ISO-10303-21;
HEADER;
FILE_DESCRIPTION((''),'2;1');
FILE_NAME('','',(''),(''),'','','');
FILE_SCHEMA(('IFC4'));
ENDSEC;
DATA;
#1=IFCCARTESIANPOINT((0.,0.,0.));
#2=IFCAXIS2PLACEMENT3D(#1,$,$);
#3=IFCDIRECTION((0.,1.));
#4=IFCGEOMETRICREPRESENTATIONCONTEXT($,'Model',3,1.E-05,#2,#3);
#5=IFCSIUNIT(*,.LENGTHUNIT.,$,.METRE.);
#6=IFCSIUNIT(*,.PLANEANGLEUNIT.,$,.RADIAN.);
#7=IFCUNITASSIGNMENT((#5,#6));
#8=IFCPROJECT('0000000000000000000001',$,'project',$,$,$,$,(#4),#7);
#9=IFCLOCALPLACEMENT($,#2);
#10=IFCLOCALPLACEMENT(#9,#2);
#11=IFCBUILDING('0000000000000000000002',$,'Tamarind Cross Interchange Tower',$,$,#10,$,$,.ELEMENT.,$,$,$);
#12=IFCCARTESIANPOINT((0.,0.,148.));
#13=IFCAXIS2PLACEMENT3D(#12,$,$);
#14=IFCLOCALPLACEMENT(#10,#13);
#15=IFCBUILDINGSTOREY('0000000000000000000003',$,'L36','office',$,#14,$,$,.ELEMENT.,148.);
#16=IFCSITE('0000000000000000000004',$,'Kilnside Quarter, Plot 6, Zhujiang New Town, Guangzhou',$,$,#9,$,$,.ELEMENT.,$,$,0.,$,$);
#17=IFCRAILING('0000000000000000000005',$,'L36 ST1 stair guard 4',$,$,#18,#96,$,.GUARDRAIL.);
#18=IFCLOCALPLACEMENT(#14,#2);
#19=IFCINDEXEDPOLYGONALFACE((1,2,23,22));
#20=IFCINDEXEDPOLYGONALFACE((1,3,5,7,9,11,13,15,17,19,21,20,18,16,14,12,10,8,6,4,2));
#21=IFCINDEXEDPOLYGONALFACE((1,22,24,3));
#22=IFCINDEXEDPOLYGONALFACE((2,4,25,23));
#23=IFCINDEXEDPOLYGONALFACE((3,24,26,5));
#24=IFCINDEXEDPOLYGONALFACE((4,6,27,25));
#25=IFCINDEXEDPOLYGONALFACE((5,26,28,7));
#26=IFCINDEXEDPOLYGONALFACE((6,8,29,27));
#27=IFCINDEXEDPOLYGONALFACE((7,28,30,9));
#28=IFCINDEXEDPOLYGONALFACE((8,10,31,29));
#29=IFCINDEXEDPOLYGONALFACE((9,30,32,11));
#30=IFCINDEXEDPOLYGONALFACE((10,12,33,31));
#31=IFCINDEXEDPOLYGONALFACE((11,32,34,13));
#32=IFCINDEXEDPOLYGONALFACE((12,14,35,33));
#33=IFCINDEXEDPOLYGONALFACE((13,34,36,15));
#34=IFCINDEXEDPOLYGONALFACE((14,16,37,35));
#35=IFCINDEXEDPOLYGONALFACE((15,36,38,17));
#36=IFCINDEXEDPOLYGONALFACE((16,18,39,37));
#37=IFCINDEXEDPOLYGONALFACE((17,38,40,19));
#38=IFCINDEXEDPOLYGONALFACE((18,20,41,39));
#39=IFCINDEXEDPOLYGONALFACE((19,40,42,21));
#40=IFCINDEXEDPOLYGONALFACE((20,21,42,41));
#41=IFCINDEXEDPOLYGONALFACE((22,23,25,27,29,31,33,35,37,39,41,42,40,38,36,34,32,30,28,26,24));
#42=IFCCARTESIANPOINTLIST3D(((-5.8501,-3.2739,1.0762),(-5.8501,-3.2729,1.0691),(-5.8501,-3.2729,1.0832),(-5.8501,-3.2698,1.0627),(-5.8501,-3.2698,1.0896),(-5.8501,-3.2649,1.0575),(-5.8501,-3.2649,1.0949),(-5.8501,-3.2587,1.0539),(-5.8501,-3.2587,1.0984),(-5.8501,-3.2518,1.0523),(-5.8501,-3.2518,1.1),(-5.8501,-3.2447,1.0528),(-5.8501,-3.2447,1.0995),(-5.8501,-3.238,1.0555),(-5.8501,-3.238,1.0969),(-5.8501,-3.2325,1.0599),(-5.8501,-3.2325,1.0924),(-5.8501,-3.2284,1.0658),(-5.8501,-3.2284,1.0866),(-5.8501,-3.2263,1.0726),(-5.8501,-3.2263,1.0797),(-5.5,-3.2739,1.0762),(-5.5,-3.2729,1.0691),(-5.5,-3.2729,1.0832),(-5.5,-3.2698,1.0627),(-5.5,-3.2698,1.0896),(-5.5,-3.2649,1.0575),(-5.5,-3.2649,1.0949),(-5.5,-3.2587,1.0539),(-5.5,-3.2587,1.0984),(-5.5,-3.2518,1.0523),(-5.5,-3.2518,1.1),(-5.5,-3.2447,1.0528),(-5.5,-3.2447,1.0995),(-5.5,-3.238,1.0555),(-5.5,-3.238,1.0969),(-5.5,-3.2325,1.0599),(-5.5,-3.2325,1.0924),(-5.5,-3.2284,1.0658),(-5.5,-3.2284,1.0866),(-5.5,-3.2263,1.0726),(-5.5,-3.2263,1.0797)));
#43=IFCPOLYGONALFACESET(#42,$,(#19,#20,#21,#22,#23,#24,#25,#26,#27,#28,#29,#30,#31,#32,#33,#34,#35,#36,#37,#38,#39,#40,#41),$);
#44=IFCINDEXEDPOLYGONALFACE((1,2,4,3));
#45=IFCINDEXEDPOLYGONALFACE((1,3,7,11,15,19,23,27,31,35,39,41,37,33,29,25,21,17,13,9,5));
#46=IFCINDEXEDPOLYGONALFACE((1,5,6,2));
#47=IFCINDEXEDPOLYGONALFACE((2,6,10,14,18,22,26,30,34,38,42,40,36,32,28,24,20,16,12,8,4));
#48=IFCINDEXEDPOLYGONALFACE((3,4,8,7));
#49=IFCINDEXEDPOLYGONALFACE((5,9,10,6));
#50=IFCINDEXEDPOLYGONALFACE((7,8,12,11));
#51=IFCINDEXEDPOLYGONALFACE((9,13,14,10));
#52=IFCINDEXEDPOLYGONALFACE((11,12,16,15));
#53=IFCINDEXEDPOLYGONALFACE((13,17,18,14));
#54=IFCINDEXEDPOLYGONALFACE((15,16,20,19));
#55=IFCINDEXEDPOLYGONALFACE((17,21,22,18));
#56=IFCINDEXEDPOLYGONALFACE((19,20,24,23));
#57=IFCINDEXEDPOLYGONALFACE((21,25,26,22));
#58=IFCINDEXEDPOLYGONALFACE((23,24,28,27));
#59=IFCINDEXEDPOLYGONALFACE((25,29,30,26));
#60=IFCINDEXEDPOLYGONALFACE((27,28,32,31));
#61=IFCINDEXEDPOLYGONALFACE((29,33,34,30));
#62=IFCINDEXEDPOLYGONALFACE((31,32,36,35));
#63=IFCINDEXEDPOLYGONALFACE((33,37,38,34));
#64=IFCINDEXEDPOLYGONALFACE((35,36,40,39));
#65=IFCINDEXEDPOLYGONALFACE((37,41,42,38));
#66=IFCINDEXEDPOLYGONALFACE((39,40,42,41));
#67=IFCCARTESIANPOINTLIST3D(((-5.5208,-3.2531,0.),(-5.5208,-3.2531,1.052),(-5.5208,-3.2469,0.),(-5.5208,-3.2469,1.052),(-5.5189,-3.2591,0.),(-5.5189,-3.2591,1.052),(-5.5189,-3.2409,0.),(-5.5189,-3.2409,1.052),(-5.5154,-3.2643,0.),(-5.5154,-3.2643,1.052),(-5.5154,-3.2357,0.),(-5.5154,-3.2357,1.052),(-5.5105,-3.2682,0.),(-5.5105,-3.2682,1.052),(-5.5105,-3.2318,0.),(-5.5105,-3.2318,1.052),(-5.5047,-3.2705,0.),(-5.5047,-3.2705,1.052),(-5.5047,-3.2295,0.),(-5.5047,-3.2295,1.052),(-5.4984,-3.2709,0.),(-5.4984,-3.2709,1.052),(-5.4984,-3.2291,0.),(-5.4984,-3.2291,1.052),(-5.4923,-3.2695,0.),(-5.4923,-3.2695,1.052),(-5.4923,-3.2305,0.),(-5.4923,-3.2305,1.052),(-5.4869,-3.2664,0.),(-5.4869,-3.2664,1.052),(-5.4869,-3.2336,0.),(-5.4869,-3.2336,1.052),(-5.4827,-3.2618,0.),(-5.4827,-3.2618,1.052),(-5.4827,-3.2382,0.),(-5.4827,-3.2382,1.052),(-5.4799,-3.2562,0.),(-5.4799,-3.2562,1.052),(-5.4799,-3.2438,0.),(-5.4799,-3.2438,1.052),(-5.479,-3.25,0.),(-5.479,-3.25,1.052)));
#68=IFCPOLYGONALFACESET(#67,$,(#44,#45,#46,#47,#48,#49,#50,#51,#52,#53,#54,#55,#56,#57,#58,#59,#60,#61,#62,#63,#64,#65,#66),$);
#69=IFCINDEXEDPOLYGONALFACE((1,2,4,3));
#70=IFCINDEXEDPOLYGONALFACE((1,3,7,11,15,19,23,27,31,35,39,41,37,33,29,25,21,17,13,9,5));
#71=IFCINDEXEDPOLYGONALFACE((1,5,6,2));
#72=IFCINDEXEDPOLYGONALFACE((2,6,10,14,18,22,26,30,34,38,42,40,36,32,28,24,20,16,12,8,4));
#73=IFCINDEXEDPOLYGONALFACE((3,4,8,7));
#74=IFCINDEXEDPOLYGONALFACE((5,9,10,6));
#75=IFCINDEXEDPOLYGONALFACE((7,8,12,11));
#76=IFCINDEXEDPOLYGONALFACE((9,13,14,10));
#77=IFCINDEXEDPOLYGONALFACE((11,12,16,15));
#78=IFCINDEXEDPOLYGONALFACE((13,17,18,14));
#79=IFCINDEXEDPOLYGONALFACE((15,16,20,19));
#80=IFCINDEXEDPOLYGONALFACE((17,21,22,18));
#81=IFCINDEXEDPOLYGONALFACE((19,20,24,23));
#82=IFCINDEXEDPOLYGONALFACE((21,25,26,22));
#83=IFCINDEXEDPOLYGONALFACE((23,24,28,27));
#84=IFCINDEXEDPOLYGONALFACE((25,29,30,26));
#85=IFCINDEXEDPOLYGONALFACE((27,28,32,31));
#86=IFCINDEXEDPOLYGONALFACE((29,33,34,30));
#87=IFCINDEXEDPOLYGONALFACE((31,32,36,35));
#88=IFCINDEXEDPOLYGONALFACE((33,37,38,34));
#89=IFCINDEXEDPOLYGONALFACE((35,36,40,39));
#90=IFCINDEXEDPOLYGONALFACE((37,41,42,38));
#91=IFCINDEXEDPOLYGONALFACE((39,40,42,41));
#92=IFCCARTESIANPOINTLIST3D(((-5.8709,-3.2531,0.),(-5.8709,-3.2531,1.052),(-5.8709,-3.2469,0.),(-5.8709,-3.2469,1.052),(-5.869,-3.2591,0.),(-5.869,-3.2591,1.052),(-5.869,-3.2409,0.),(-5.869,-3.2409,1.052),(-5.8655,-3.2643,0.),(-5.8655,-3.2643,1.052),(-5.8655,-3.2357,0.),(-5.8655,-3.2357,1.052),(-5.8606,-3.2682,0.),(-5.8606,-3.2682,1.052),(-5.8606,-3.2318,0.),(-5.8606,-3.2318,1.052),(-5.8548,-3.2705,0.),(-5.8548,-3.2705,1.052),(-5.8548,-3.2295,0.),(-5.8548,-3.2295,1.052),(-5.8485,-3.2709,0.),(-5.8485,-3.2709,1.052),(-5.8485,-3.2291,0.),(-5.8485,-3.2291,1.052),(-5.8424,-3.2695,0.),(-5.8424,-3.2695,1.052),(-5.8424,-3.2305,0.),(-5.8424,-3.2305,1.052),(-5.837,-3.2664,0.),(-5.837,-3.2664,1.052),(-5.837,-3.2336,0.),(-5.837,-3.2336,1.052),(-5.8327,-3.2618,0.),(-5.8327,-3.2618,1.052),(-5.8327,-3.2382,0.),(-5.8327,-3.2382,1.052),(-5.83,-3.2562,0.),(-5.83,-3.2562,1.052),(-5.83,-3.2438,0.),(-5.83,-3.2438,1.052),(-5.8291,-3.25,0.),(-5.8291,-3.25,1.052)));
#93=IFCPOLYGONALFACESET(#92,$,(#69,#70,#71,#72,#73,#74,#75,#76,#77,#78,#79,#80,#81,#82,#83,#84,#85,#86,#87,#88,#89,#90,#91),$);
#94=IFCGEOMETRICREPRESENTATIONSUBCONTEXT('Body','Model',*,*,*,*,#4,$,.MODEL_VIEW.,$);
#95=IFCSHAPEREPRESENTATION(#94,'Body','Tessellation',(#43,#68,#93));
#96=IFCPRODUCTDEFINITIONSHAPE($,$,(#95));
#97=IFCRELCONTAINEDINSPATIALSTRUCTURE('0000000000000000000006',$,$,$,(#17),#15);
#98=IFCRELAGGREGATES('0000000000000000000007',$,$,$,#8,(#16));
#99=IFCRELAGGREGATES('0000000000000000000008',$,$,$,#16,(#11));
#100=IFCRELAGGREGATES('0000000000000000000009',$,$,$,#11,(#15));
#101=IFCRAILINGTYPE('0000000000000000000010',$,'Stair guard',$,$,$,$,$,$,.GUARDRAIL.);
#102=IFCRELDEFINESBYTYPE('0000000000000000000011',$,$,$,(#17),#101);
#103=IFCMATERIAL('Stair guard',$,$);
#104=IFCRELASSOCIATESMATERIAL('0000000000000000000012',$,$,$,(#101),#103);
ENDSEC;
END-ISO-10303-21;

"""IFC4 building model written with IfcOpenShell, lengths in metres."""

from ifc_helpers import new_model, si_unit, direction, frame, origin, origin_2d, place, context, subcontext, project, spatial, circle, extrude, material, type_object, element, save


model = new_model("IFC4")

# Units and contexts
model_context = context("Model", 3, precision=1e-05, world=origin(), true_north=direction((0.0, 1.0)))
body_context = subcontext(model_context, "Body", "Model", "MODEL_VIEW")
ifc_project = project(units=[si_unit("LENGTHUNIT", "METRE"), si_unit("PLANEANGLEUNIT", "RADIAN")], contexts=[model_context])

# Site, building, storey
site_placement = place(None, origin())
site = spatial("IfcSite", under=ifc_project, at=site_placement, Name="Kilnside Quarter, Plot 6, Zhujiang New Town, Guangzhou", CompositionType="ELEMENT", RefElevation=0.0)
building_placement = place(site_placement, origin())
building = spatial("IfcBuilding", under=site, at=building_placement, Name="Tamarind Cross Interchange Tower", CompositionType="ELEMENT")
storey_placement = place(building_placement, frame((0.0, 0.0, 148.0)))
storey = spatial("IfcBuildingStorey", under=building, at=storey_placement, Name="L36", Description="office", CompositionType="ELEMENT", Elevation=148.0)

# Railing
ifc_material_1 = material(Name="Stair guard")
railing_type_1 = type_object("IfcRailingType", Name="Stair guard", PredefinedType="GUARDRAIL", material=ifc_material_1)
railing_1_placement = place(storey_placement, frame((-5.5, -3.25, 0.0)))
element("IfcRailing", 1, at=railing_1_placement, inside=storey, type_object=railing_type_1, Name="L36 ST1 stair guard 4", PredefinedType="GUARDRAIL", context=body_context, shape_type="SweptSolid", body=[
    extrude(circle(Radius=0.0239, at=origin_2d()), frame((0.0, 0.0, 1.0762), z_axis=(-1.0, 0.0, 0.0), x_axis=(0.0, -1.0, 0.0)), (0.0, 0.0, 1.0), 0.3501),
    extrude(circle(Radius=0.021, at=origin_2d()), origin(), (0.0, 0.0, 1.0), 1.052),
    extrude(circle(Radius=0.021, at=origin_2d()), frame((-0.3501, 0.0, 0.0)), (0.0, 0.0, 1.0), 1.052),
])

save(model, "model.ifc")
